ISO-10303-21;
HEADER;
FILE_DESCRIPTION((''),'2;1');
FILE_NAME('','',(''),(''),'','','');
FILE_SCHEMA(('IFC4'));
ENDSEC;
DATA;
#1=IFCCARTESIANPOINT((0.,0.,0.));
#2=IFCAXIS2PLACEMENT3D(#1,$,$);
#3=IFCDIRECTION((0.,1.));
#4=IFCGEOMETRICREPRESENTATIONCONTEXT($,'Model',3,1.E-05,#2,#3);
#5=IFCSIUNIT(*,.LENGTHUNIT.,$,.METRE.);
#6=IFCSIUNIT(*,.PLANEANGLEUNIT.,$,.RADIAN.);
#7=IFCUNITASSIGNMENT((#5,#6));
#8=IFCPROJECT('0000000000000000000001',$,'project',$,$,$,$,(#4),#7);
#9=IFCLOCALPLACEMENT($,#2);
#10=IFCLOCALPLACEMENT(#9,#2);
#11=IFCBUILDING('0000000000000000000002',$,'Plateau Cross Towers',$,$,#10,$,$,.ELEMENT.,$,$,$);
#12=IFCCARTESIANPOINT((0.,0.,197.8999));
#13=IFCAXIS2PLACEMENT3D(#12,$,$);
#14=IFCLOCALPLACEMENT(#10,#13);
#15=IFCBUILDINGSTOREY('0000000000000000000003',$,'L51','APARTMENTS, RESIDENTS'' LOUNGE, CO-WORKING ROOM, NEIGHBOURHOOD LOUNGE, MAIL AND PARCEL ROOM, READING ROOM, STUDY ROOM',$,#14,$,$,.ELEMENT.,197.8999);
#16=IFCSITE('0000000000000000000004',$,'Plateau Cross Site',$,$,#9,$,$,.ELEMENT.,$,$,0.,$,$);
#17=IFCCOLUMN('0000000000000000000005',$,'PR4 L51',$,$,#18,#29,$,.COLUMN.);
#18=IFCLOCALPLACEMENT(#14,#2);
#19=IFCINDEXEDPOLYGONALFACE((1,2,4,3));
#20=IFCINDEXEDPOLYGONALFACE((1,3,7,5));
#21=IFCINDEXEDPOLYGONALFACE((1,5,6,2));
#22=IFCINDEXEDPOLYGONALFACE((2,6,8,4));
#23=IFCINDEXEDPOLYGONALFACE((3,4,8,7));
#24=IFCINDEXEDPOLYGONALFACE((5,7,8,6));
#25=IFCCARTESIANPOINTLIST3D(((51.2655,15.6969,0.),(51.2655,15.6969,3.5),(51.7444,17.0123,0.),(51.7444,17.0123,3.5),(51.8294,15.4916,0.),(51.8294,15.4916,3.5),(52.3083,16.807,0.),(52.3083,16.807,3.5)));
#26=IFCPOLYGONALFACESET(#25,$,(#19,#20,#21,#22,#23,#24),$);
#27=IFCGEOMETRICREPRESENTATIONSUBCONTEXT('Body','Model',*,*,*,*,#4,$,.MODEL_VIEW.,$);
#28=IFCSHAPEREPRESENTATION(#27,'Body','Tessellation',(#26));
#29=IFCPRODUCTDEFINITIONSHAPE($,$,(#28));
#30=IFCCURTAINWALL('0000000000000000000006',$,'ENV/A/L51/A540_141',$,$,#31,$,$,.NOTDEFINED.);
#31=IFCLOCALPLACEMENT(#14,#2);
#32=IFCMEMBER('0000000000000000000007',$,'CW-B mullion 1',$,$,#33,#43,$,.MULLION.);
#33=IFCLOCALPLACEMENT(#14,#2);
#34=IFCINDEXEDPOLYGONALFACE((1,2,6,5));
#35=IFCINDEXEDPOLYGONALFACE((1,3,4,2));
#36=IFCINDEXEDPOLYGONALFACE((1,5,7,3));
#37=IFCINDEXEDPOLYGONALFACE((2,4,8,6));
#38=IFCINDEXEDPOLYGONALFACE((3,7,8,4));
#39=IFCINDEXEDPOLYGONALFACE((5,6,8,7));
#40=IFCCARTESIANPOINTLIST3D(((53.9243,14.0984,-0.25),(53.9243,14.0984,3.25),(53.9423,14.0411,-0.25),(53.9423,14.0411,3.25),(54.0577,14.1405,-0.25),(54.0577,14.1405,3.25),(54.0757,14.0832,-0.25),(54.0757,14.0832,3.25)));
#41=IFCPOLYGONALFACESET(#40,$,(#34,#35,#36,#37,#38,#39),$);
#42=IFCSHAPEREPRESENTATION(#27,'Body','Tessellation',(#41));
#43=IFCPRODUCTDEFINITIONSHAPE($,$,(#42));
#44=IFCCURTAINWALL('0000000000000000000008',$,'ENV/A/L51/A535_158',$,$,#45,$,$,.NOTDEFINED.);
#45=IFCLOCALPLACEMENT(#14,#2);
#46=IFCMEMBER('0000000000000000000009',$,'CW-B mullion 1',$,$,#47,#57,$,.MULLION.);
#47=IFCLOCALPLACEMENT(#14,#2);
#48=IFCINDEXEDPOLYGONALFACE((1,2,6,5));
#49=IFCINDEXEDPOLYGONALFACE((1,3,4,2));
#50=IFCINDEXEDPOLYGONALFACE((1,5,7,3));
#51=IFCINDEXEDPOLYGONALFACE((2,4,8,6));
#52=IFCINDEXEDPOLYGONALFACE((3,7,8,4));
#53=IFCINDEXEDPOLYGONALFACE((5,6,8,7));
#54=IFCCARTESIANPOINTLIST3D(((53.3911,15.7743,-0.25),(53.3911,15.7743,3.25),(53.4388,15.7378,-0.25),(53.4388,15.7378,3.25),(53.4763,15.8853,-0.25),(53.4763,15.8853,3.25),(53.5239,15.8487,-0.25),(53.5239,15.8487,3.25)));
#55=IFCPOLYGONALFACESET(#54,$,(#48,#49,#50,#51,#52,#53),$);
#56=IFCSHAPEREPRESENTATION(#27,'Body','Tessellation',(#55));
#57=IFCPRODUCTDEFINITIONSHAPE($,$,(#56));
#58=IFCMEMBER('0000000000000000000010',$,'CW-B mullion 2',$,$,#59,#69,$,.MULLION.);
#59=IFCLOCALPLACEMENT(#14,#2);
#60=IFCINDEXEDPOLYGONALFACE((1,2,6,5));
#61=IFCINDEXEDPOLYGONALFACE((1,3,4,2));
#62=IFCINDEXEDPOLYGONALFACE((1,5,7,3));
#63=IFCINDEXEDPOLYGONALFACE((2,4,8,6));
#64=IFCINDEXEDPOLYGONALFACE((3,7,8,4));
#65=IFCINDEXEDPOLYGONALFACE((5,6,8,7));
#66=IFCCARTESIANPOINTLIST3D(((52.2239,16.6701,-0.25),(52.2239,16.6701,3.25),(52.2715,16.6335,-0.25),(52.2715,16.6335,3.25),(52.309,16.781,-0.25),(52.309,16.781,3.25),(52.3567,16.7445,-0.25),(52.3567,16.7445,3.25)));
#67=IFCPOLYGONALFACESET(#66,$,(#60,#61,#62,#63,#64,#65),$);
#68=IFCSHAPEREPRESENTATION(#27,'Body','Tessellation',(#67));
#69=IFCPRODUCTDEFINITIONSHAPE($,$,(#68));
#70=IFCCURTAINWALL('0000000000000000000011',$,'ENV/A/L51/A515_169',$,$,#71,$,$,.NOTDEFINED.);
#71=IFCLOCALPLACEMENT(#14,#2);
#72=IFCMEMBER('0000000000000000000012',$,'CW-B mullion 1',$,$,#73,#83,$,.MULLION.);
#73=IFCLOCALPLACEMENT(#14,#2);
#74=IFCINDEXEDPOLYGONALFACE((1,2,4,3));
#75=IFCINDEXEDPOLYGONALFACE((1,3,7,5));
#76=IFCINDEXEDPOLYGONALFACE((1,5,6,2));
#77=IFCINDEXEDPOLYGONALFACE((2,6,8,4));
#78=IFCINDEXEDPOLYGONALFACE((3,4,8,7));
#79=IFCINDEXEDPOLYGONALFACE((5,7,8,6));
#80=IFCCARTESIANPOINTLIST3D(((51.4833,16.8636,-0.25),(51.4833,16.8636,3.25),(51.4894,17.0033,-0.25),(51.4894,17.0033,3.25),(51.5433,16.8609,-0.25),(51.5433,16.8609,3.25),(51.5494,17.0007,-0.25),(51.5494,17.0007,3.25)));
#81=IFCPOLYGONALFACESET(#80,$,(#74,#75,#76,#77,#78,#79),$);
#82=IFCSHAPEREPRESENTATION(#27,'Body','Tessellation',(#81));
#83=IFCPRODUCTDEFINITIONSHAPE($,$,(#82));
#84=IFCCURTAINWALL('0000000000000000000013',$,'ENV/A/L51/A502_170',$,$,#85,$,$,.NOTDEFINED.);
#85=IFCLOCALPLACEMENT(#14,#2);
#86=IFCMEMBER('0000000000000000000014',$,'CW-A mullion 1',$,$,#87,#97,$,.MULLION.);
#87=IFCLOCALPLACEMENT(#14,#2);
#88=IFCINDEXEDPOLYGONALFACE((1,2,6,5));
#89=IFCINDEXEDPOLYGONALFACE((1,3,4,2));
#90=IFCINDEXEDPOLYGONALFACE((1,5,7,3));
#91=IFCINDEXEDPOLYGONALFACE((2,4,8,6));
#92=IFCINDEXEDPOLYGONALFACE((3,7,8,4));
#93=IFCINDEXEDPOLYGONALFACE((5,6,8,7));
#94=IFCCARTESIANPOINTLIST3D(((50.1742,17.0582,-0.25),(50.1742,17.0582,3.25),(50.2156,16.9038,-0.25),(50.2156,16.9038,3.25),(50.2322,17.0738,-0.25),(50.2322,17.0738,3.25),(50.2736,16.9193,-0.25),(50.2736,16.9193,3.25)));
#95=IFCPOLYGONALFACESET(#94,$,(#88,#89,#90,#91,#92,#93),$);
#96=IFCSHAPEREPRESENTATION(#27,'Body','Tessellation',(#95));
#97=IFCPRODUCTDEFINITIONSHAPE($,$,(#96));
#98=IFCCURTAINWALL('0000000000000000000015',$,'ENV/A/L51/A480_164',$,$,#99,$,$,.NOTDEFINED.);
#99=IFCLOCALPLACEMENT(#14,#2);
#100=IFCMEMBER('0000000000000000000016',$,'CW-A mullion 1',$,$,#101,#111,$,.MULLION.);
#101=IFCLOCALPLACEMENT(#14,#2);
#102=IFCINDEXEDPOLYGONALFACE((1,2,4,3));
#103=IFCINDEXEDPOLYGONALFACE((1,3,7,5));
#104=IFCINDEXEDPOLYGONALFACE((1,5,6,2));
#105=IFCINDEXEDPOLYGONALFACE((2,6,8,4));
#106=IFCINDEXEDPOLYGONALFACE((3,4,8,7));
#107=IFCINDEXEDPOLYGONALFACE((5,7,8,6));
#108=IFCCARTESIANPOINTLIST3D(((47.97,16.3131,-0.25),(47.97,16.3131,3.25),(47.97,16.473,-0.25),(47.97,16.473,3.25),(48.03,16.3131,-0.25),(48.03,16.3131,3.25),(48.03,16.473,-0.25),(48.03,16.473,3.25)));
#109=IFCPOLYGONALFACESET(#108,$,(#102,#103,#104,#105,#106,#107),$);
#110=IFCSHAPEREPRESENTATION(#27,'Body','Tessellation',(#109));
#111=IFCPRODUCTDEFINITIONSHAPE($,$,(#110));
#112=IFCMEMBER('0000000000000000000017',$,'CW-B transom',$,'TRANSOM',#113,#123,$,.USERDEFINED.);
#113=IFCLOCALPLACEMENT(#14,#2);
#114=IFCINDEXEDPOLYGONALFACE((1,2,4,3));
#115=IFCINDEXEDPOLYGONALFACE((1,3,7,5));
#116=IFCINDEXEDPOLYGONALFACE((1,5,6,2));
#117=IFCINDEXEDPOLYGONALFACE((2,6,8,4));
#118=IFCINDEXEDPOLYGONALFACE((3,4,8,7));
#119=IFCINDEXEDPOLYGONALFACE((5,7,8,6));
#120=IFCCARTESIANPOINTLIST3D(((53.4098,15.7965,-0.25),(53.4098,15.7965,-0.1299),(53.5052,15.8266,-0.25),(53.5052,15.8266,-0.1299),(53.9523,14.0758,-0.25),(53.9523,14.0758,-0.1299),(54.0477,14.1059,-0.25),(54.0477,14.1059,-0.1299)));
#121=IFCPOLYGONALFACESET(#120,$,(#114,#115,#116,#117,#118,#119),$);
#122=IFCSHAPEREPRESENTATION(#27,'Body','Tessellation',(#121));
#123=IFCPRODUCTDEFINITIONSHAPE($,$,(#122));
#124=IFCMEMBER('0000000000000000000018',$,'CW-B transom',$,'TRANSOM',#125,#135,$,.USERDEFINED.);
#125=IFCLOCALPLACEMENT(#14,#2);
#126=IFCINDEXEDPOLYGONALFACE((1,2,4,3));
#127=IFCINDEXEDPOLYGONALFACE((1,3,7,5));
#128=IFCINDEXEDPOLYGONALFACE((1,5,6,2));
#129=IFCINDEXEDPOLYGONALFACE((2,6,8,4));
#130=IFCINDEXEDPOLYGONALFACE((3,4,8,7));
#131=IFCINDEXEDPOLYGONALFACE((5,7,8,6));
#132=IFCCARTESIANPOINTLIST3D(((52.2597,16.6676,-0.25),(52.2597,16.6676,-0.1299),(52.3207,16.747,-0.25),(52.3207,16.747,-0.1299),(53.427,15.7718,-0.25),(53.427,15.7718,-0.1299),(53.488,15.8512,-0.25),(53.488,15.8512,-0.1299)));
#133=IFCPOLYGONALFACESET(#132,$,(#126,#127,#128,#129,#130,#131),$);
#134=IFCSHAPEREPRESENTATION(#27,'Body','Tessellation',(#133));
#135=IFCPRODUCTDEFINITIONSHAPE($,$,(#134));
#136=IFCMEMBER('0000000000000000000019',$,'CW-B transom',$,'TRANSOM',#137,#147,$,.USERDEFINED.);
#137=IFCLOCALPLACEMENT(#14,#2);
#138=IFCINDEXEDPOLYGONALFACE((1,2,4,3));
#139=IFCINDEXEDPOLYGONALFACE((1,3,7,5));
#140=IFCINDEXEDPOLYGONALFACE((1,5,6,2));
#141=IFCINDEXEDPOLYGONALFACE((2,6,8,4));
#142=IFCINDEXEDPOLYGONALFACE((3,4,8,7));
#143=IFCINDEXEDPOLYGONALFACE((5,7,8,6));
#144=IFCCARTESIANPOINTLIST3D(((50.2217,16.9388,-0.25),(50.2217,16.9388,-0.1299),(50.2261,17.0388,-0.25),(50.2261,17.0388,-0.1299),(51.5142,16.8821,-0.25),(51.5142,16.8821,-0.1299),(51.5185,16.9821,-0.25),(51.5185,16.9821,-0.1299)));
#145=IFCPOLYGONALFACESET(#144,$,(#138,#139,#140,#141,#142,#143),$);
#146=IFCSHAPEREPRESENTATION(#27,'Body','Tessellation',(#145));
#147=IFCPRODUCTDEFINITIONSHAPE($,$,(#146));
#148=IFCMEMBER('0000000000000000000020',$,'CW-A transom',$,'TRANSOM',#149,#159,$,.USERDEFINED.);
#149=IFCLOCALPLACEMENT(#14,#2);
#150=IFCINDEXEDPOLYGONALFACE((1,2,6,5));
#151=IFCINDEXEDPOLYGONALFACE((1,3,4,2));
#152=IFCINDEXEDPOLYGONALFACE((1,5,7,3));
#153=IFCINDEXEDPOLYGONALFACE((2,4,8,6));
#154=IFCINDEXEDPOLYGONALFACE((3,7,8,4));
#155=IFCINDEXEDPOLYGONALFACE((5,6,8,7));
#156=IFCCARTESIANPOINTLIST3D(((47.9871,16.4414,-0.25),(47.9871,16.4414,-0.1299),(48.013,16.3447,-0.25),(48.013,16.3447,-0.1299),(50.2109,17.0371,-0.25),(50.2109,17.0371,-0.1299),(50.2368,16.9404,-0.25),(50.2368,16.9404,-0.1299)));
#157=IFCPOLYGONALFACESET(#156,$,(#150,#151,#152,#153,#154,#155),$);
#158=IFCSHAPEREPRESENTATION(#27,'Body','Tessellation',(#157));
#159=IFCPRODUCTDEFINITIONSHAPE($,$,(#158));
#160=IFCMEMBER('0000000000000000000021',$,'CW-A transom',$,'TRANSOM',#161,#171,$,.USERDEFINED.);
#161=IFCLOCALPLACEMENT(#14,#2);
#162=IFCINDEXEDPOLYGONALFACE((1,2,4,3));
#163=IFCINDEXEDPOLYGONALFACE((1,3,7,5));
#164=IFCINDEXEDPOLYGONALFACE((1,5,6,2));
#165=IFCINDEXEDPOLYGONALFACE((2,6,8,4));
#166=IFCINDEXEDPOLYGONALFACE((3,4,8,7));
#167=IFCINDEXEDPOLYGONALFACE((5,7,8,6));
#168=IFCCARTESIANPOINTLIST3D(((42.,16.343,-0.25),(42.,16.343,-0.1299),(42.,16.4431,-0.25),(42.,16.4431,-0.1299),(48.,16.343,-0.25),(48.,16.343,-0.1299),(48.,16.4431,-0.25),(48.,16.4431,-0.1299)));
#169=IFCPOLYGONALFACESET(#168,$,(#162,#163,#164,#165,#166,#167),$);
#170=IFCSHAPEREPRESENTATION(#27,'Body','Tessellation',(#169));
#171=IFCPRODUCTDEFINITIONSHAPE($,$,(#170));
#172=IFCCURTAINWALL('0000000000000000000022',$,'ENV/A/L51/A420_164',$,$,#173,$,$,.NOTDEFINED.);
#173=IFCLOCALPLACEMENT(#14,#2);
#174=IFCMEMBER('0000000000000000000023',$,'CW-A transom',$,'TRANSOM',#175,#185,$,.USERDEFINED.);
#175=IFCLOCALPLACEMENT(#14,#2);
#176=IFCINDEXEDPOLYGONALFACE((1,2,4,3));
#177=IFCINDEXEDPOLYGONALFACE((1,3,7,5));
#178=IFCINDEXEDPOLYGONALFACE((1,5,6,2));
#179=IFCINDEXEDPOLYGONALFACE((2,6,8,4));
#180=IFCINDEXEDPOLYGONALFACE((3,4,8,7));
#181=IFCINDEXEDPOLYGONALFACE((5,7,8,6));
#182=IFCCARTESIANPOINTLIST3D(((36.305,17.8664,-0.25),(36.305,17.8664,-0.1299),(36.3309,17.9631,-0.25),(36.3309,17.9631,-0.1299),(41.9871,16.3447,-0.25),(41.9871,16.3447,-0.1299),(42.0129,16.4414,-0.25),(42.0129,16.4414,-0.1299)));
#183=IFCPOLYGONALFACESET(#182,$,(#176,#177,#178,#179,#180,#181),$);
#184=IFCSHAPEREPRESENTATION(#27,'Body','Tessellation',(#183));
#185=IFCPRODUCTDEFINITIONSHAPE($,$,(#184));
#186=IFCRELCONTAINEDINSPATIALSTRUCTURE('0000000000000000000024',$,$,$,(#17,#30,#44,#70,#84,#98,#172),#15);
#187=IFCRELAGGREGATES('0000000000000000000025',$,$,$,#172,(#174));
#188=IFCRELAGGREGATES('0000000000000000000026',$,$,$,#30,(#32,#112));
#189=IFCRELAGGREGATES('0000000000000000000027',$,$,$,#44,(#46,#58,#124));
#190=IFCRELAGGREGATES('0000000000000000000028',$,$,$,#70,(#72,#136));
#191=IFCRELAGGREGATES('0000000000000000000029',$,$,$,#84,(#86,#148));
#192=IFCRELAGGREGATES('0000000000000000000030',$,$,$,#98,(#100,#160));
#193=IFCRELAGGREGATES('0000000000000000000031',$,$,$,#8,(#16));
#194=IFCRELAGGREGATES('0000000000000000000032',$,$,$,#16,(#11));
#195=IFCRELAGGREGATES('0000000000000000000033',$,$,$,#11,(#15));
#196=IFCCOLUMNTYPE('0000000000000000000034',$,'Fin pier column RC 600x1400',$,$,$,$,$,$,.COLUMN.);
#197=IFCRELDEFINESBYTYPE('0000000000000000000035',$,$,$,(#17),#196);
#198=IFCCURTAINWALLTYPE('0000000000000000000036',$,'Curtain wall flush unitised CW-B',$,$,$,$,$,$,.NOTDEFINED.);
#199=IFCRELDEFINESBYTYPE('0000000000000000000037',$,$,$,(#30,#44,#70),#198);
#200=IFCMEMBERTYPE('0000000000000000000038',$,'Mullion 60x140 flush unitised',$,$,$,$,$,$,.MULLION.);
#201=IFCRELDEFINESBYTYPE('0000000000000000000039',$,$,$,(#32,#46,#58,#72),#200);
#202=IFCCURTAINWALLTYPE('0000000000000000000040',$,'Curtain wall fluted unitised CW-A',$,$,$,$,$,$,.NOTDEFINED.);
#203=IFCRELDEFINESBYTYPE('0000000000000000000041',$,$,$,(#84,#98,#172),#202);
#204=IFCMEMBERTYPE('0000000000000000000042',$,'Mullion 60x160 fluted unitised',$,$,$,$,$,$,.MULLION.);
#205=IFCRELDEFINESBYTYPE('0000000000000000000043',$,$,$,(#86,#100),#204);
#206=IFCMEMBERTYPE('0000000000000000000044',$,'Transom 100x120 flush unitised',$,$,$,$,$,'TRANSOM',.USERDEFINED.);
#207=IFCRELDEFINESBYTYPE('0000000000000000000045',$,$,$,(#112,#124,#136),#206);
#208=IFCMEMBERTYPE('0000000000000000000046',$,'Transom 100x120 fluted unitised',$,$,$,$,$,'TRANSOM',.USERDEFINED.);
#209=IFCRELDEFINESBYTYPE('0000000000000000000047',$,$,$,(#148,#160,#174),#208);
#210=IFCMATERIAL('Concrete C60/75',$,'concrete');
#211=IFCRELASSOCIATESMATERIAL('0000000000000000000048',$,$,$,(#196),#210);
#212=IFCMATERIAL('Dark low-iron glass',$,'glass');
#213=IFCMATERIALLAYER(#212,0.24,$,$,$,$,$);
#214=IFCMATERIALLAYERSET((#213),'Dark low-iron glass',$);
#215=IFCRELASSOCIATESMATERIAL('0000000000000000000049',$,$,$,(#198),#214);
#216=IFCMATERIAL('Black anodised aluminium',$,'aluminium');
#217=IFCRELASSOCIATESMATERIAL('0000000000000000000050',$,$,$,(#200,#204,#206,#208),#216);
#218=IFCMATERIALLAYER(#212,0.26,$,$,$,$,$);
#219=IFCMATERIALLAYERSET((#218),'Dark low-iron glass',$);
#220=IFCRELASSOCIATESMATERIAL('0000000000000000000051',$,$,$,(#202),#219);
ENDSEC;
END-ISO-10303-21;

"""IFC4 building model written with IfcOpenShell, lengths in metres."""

from ifc_helpers import new_model, si_unit, direction, frame, origin, origin_2d, place, context, subcontext, project, spatial, rectangle, extrude, material, layer, layer_set, material_profile, profile_set, type_object, element, aggregate, save


model = new_model("IFC4")

# Units and contexts
model_context = context("Model", 3, precision=1e-05, world=origin(), true_north=direction((0.0, 1.0)))
body_context = subcontext(model_context, "Body", "Model", "MODEL_VIEW")
ifc_project = project(units=[si_unit("LENGTHUNIT", "METRE"), si_unit("PLANEANGLEUNIT", "RADIAN")], contexts=[model_context])

# Site, building, storey
site_placement = place(None, origin())
site = spatial("IfcSite", under=ifc_project, at=site_placement, Name="Plateau Cross Site", CompositionType="ELEMENT", RefElevation=0.0)
building_placement = place(site_placement, origin())
building = spatial("IfcBuilding", under=site, at=building_placement, Name="Plateau Cross Towers", CompositionType="ELEMENT")
storey_placement = place(building_placement, frame((0.0, 0.0, 197.8999)))
storey = spatial("IfcBuildingStorey", under=building, at=storey_placement, Name="L51", Description="APARTMENTS, RESIDENTS' LOUNGE, CO-WORKING ROOM, NEIGHBOURHOOD LOUNGE, MAIL AND PARCEL ROOM, READING ROOM, STUDY ROOM", CompositionType="ELEMENT", Elevation=197.8999)

# Column
ifc_material_1 = material(Name="Concrete C60/75", Category="concrete")
ifc_material_profile_1 = material_profile(ifc_material_1, rectangle(XDim=0.6001, YDim=1.3999, at=origin_2d()), Name="RC 600x1400")
ifc_profile_set_1 = profile_set([ifc_material_profile_1], Name="Concrete C60/75")
column_type = type_object("IfcColumnType", Name="Fin pier column RC 600x1400", PredefinedType="COLUMN", material=ifc_profile_set_1)
column_placement = place(storey_placement, frame((51.7869, 16.252, 0.0), z_axis=(0.0, 0.0, 1.0), x_axis=(-0.939664, 0.342098, 0.0)))
element("IfcColumn", 1, at=column_placement, inside=storey, type_object=column_type, Name="PR4 L51", PredefinedType="COLUMN", context=body_context, shape_type="SweptSolid", body=[
    extrude(rectangle(XDim=0.6001, YDim=1.3999, at=origin_2d()), origin(), (0.0, 0.0, 1.0), 3.5),
])

# Curtain wall, member
ifc_material_2 = material(Name="Dark low-iron glass", Category="glass")
ifc_layer_1 = layer(ifc_material_2, 0.24)
ifc_layer_set_1 = layer_set([ifc_layer_1], Name="Dark low-iron glass")
curtain_wall_type_1 = type_object("IfcCurtainWallType", Name="Curtain wall flush unitised CW-B", PredefinedType="NOTDEFINED", material=ifc_layer_set_1)
curtain_wall_1_placement = place(storey_placement, origin())
curtain_wall_1 = element("IfcCurtainWall", 2, at=curtain_wall_1_placement, inside=storey, type_object=curtain_wall_type_1, Name="ENV/A/L51/A540_141", PredefinedType="NOTDEFINED")
ifc_material_3 = material(Name="Black anodised aluminium", Category="aluminium")
ifc_material_profile_2 = material_profile(ifc_material_3, rectangle(XDim=0.0601, YDim=0.1399, at=origin_2d()), Name="MULLION 60x140")
ifc_profile_set_2 = profile_set([ifc_material_profile_2], Name="Black anodised aluminium")
member_type_1 = type_object("IfcMemberType", Name="Mullion 60x140 flush unitised", PredefinedType="MULLION", material=ifc_profile_set_2)
member_1_placement = place(storey_placement, frame((54.0, 14.0908, -0.25), z_axis=(0.0, 0.0, 1.0), x_axis=(-0.300686, 0.953723, 0.0)))
member_1 = element("IfcMember", 3, at=member_1_placement, type_object=member_type_1, Name="CW-B mullion 1", PredefinedType="MULLION", context=body_context, shape_type="SweptSolid", body=[
    extrude(rectangle(XDim=0.0601, YDim=0.1399, at=origin_2d()), origin(), (0.0, 0.0, 1.0), 3.5),
])

# Curtain wall, members
curtain_wall_2_placement = place(storey_placement, origin())
curtain_wall_2 = element("IfcCurtainWall", 4, at=curtain_wall_2_placement, inside=storey, type_object=curtain_wall_type_1, Name="ENV/A/L51/A535_158", PredefinedType="NOTDEFINED")
member_2_placement = place(storey_placement, frame((53.4575, 15.8115, -0.25), z_axis=(0.0, 0.0, 1.0), x_axis=(-0.793316, 0.608811, 0.0)))
member_2 = element("IfcMember", 5, at=member_2_placement, type_object=member_type_1, Name="CW-B mullion 1", PredefinedType="MULLION", context=body_context, shape_type="SweptSolid", body=[
    extrude(rectangle(XDim=0.0601, YDim=0.1399, at=origin_2d()), origin(), (0.0, 0.0, 1.0), 3.5),
])
member_3_placement = place(storey_placement, frame((52.2903, 16.7073, -0.25), z_axis=(0.0, 0.0, 1.0), x_axis=(-0.793316, 0.608811, 0.0)))
member_3 = element("IfcMember", 6, at=member_3_placement, type_object=member_type_1, Name="CW-B mullion 2", PredefinedType="MULLION", context=body_context, shape_type="SweptSolid", body=[
    extrude(rectangle(XDim=0.0601, YDim=0.1399, at=origin_2d()), origin(), (0.0, 0.0, 1.0), 3.5),
])

# Curtain walls, members
curtain_wall_3_placement = place(storey_placement, origin())
curtain_wall_3 = element("IfcCurtainWall", 7, at=curtain_wall_3_placement, inside=storey, type_object=curtain_wall_type_1, Name="ENV/A/L51/A515_169", PredefinedType="NOTDEFINED")
member_4_placement = place(storey_placement, frame((51.5164, 16.9321, -0.25), z_axis=(0.0, 0.0, 1.0), x_axis=(-0.999044, 0.043723, 0.0)))
member_4 = element("IfcMember", 8, at=member_4_placement, type_object=member_type_1, Name="CW-B mullion 1", PredefinedType="MULLION", context=body_context, shape_type="SweptSolid", body=[
    extrude(rectangle(XDim=0.0601, YDim=0.1399, at=origin_2d()), origin(), (0.0, 0.0, 1.0), 3.5),
])
ifc_layer_2 = layer(ifc_material_2, 0.26)
ifc_layer_set_2 = layer_set([ifc_layer_2], Name="Dark low-iron glass")
curtain_wall_type_2 = type_object("IfcCurtainWallType", Name="Curtain wall fluted unitised CW-A", PredefinedType="NOTDEFINED", material=ifc_layer_set_2)
curtain_wall_4_placement = place(storey_placement, origin())
curtain_wall_4 = element("IfcCurtainWall", 9, at=curtain_wall_4_placement, inside=storey, type_object=curtain_wall_type_2, Name="ENV/A/L51/A502_170", PredefinedType="NOTDEFINED")
ifc_material_profile_3 = material_profile(ifc_material_3, rectangle(XDim=0.0601, YDim=0.1599, at=origin_2d()), Name="MULLION 60x160")
ifc_profile_set_3 = profile_set([ifc_material_profile_3], Name="Black anodised aluminium")
member_type_2 = type_object("IfcMemberType", Name="Mullion 60x160 fluted unitised", PredefinedType="MULLION", material=ifc_profile_set_3)
member_5_placement = place(storey_placement, frame((50.2239, 16.9888, -0.25), z_axis=(0.0, 0.0, 1.0), x_axis=(-0.965958, -0.258699, 0.0)))
member_5 = element("IfcMember", 10, at=member_5_placement, type_object=member_type_2, Name="CW-A mullion 1", PredefinedType="MULLION", context=body_context, shape_type="SweptSolid", body=[
    extrude(rectangle(XDim=0.0601, YDim=0.1599, at=origin_2d()), origin(), (0.0, 0.0, 1.0), 3.5),
])
curtain_wall_5_placement = place(storey_placement, origin())
curtain_wall_5 = element("IfcCurtainWall", 11, at=curtain_wall_5_placement, inside=storey, type_object=curtain_wall_type_2, Name="ENV/A/L51/A480_164", PredefinedType="NOTDEFINED")
member_6_placement = place(storey_placement, frame((48.0, 16.3931, -0.25), z_axis=(0.0, 0.0, 1.0), x_axis=(-1.0, 0.0, 0.0)))
member_6 = element("IfcMember", 12, at=member_6_placement, type_object=member_type_2, Name="CW-A mullion 1", PredefinedType="MULLION", context=body_context, shape_type="SweptSolid", body=[
    extrude(rectangle(XDim=0.0601, YDim=0.1599, at=origin_2d()), origin(), (0.0, 0.0, 1.0), 3.5),
])

# Members
ifc_material_profile_4 = material_profile(ifc_material_3, rectangle(XDim=0.1001, YDim=0.1201, at=origin_2d()), Name="TRANSOM 100x120")
ifc_profile_set_4 = profile_set([ifc_material_profile_4], Name="Black anodised aluminium")
member_type_3 = type_object("IfcMemberType", Name="Transom 100x120 flush unitised", ElementType="TRANSOM", PredefinedType="USERDEFINED", material=ifc_profile_set_4)
member_7_placement = place(storey_placement, frame((54.0, 14.0908, -0.1899), z_axis=(-0.300678, 0.953726, 0.0), x_axis=(-0.953726, -0.300678, 0.0)))
member_7 = element("IfcMember", 13, at=member_7_placement, type_object=member_type_3, Name="CW-B transom", ObjectType="TRANSOM", PredefinedType="USERDEFINED", context=body_context, shape_type="SweptSolid", body=[
    extrude(rectangle(XDim=0.1001, YDim=0.1201, at=origin_2d()), origin(), (0.0, 0.0, 1.0), 1.8042),
])
member_8_placement = place(storey_placement, frame((53.4575, 15.8115, -0.1899), z_axis=(-0.793321, 0.608804, 0.0), x_axis=(-0.608804, -0.793321, 0.0)))
member_8 = element("IfcMember", 14, at=member_8_placement, type_object=member_type_3, Name="CW-B transom", ObjectType="TRANSOM", PredefinedType="USERDEFINED", context=body_context, shape_type="SweptSolid", body=[
    extrude(rectangle(XDim=0.1001, YDim=0.1201, at=origin_2d()), origin(), (0.0, 0.0, 1.0), 1.4714),
])
member_9_placement = place(storey_placement, frame((51.5164, 16.9321, -0.1899), z_axis=(-0.999041, 0.043781, 0.0), x_axis=(-0.043781, -0.999041, 0.0)))
member_9 = element("IfcMember", 15, at=member_9_placement, type_object=member_type_3, Name="CW-B transom", ObjectType="TRANSOM", PredefinedType="USERDEFINED", context=body_context, shape_type="SweptSolid", body=[
    extrude(rectangle(XDim=0.1001, YDim=0.1201, at=origin_2d()), origin(), (0.0, 0.0, 1.0), 1.2937),
])
ifc_material_profile_5 = material_profile(ifc_material_3, rectangle(XDim=0.1001, YDim=0.1201, at=origin_2d()), Name="TRANSOM 100x120")
ifc_profile_set_5 = profile_set([ifc_material_profile_5], Name="Black anodised aluminium")
member_type_4 = type_object("IfcMemberType", Name="Transom 100x120 fluted unitised", ElementType="TRANSOM", PredefinedType="USERDEFINED", material=ifc_profile_set_5)
member_10_placement = place(storey_placement, frame((50.2239, 16.9888, -0.1899), z_axis=(-0.965946, -0.258745, 0.0), x_axis=(0.258745, -0.965946, 0.0)))
member_10 = element("IfcMember", 16, at=member_10_placement, type_object=member_type_4, Name="CW-A transom", ObjectType="TRANSOM", PredefinedType="USERDEFINED", context=body_context, shape_type="SweptSolid", body=[
    extrude(rectangle(XDim=0.1001, YDim=0.1201, at=origin_2d()), origin(), (0.0, 0.0, 1.0), 2.3022),
])
member_11_placement = place(storey_placement, frame((48.0, 16.3931, -0.1899), z_axis=(-1.0, 0.0, 0.0), x_axis=(0.0, -1.0, 0.0)))
member_11 = element("IfcMember", 17, at=member_11_placement, type_object=member_type_4, Name="CW-A transom", ObjectType="TRANSOM", PredefinedType="USERDEFINED", context=body_context, shape_type="SweptSolid", body=[
    extrude(rectangle(XDim=0.1001, YDim=0.1201, at=origin_2d()), origin(), (0.0, 0.0, 1.0), 6.0),
])

# Curtain wall, member
curtain_wall_6_placement = place(storey_placement, origin())
curtain_wall_6 = element("IfcCurtainWall", 18, at=curtain_wall_6_placement, inside=storey, type_object=curtain_wall_type_2, Name="ENV/A/L51/A420_164", PredefinedType="NOTDEFINED")
member_12_placement = place(storey_placement, frame((42.0, 16.3931, -0.1899), z_axis=(-0.96596, 0.258693, 0.0), x_axis=(-0.258693, -0.96596, 0.0)))
member_12 = element("IfcMember", 19, at=member_12_placement, type_object=member_type_4, Name="CW-A transom", ObjectType="TRANSOM", PredefinedType="USERDEFINED", context=body_context, shape_type="SweptSolid", body=[
    extrude(rectangle(XDim=0.1001, YDim=0.1201, at=origin_2d()), origin(), (0.0, 0.0, 1.0), 5.8823),
])
aggregate(curtain_wall_6, [member_12])

aggregate(curtain_wall_1, [member_1, member_7])
aggregate(curtain_wall_2, [member_2, member_3, member_8])
aggregate(curtain_wall_3, [member_4, member_9])
aggregate(curtain_wall_4, [member_5, member_10])
aggregate(curtain_wall_5, [member_6, member_11])

save(model, "model.ifc")
